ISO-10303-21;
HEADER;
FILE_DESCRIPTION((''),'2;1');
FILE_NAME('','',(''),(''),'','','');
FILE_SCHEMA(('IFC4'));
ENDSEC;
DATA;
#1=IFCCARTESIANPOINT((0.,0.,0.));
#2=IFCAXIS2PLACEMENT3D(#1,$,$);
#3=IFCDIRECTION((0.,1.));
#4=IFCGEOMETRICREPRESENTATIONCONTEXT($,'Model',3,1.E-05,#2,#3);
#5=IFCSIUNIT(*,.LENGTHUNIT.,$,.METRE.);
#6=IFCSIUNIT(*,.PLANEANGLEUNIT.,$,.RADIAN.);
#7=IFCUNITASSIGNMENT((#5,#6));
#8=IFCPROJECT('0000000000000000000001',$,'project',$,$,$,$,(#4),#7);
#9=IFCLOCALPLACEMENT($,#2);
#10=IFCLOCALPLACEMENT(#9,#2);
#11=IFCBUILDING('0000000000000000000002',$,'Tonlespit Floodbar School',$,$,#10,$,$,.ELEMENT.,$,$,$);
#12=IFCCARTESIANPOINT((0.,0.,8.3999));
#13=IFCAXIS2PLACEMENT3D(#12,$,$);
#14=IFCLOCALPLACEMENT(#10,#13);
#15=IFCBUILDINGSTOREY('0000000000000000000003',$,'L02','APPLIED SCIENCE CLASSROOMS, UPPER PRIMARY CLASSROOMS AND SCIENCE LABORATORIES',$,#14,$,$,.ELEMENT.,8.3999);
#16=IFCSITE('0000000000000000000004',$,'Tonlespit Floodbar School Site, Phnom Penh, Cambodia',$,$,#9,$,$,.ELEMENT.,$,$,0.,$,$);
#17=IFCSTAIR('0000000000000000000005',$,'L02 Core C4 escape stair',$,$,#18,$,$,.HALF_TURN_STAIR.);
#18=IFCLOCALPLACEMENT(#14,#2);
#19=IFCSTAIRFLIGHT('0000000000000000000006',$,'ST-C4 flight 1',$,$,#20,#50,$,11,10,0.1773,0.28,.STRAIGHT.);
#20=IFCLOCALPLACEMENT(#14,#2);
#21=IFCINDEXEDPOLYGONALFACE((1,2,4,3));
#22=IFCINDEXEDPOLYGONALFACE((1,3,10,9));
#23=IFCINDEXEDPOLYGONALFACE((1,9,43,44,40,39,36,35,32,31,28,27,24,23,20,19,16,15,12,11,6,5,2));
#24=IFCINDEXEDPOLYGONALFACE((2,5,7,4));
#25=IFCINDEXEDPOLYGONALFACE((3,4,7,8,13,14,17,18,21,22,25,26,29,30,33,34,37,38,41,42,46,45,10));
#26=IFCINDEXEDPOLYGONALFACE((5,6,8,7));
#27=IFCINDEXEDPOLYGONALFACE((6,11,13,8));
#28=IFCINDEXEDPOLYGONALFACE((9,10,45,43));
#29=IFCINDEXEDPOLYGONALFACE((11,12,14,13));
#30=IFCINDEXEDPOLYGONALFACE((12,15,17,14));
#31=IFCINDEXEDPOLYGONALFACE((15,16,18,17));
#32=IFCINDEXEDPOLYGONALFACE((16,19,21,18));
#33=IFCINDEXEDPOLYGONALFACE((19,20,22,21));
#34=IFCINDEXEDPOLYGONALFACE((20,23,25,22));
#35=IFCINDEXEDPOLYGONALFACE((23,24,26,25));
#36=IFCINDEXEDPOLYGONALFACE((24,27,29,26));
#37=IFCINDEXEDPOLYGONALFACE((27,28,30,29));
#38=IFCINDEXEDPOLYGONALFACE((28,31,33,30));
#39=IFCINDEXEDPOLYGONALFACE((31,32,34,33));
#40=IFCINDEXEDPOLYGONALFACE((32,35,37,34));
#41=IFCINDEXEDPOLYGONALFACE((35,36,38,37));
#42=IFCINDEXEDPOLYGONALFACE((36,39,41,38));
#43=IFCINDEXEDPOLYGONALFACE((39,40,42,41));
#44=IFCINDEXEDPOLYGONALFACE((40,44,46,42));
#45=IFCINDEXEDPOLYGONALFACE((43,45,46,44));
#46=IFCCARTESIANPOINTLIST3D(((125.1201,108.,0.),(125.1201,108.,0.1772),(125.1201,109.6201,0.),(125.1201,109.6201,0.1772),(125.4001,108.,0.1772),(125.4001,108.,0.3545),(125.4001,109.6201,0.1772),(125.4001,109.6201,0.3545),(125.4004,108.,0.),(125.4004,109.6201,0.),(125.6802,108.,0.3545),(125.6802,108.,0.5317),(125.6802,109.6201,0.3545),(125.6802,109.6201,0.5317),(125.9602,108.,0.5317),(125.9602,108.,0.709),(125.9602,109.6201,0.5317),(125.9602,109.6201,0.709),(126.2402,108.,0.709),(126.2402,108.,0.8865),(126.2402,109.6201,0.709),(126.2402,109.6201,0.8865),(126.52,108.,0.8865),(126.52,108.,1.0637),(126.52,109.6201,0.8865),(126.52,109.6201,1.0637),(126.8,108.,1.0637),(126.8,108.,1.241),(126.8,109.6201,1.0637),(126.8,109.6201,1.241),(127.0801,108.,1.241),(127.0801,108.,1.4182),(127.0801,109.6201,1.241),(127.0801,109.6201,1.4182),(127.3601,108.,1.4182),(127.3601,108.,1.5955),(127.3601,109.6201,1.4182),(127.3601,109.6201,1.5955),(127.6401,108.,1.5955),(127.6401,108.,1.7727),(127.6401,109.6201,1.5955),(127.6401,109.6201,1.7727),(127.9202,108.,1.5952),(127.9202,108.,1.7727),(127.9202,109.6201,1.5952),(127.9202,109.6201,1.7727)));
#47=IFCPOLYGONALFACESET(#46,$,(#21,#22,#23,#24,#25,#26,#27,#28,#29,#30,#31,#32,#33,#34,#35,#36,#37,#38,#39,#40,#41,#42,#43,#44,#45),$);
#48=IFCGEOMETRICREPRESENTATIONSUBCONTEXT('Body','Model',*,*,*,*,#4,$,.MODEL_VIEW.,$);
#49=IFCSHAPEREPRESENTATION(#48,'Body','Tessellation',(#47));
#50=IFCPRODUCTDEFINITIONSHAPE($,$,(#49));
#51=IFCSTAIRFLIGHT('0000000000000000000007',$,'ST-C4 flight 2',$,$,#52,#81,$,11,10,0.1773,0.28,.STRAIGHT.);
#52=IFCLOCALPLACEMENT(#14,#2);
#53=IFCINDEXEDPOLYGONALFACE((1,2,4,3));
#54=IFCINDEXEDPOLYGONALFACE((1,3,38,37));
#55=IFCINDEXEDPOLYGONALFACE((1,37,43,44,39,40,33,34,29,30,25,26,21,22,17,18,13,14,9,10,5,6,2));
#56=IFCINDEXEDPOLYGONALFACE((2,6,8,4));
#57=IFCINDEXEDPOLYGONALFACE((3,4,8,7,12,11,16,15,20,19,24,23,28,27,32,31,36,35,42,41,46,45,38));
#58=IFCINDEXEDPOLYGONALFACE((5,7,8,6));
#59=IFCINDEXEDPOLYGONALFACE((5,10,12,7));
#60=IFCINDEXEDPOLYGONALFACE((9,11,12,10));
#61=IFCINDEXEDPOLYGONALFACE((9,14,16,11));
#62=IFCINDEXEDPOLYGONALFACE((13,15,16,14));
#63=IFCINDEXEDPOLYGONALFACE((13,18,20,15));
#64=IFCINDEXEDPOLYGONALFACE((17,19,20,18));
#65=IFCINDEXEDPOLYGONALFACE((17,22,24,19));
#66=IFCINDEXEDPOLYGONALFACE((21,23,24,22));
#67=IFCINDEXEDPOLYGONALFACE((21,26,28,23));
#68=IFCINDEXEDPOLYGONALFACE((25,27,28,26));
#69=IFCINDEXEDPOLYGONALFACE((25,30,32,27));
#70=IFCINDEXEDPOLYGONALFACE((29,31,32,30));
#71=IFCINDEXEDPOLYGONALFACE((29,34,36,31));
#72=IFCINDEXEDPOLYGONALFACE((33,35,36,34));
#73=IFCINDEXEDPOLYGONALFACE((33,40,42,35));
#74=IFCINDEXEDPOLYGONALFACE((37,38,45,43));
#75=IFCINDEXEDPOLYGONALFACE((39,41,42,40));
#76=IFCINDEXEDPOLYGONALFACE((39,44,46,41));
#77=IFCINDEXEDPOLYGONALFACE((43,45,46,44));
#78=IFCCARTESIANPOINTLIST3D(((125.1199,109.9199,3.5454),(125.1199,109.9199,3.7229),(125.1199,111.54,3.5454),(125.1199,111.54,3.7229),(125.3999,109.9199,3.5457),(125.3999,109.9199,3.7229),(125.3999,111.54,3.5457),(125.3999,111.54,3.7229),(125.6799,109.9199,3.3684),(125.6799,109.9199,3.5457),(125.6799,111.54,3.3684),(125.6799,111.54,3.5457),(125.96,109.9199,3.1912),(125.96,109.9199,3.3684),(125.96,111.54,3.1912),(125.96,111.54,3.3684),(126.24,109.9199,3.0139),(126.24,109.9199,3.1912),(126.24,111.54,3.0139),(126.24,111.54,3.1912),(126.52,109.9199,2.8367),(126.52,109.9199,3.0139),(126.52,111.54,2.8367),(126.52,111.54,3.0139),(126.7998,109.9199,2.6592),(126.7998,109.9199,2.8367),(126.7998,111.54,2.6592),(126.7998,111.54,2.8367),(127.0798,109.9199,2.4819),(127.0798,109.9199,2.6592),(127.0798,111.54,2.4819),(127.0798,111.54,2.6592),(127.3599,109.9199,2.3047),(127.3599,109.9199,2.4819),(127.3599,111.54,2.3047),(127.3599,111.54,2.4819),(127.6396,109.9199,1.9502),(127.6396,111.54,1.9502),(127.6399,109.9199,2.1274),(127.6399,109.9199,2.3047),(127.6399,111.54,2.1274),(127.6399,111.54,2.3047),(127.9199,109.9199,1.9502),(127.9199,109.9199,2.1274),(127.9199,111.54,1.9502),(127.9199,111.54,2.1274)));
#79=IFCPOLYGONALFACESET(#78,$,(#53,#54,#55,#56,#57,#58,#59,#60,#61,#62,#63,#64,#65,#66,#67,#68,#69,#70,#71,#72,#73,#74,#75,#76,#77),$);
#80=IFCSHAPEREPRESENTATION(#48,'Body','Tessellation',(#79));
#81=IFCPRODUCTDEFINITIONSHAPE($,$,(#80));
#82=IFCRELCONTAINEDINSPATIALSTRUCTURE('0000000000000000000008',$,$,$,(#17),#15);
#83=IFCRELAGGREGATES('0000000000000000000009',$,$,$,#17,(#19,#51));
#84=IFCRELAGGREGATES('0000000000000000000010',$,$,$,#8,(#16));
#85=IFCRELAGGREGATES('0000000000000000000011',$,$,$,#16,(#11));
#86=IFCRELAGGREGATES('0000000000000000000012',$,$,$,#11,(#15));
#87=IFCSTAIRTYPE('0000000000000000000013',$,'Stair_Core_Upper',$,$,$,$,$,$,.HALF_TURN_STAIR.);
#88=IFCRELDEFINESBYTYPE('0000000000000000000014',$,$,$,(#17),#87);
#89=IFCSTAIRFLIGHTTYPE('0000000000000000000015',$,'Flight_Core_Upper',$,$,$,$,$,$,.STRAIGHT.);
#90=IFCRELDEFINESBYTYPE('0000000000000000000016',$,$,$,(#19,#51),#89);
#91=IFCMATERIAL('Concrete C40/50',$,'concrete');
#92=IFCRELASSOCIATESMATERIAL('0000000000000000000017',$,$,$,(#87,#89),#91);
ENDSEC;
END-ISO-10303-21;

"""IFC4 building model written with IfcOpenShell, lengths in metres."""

from ifc_helpers import new_model, si_unit, direction, frame, origin, place, context, subcontext, project, spatial, polyline, outline, extrude, material, type_object, element, aggregate, save


model = new_model("IFC4")

# Units and contexts
model_context = context("Model", 3, precision=1e-05, world=origin(), true_north=direction((0.0, 1.0)))
body_context = subcontext(model_context, "Body", "Model", "MODEL_VIEW")
ifc_project = project(units=[si_unit("LENGTHUNIT", "METRE"), si_unit("PLANEANGLEUNIT", "RADIAN")], contexts=[model_context])

# Site, building, storey
site_placement = place(None, origin())
site = spatial("IfcSite", under=ifc_project, at=site_placement, Name="Tonlespit Floodbar School Site, Phnom Penh, Cambodia", CompositionType="ELEMENT", RefElevation=0.0)
building_placement = place(site_placement, origin())
building = spatial("IfcBuilding", under=site, at=building_placement, Name="Tonlespit Floodbar School", CompositionType="ELEMENT")
storey_placement = place(building_placement, frame((0.0, 0.0, 8.3999)))
storey = spatial("IfcBuildingStorey", under=building, at=storey_placement, Name="L02", Description="APPLIED SCIENCE CLASSROOMS, UPPER PRIMARY CLASSROOMS AND SCIENCE LABORATORIES", CompositionType="ELEMENT", Elevation=8.3999)

# Shared definitions
ifc_material_1 = material(Name="Concrete C40/50", Category="concrete")

# Stair, stair flights
stair_type = type_object("IfcStairType", Name="Stair_Core_Upper", PredefinedType="HALF_TURN_STAIR", material=ifc_material_1)
stair_placement = place(storey_placement, origin())
stair = element("IfcStair", 1, at=stair_placement, inside=storey, type_object=stair_type, Name="L02 Core C4 escape stair", PredefinedType="HALF_TURN_STAIR")
stair_flight_type = type_object("IfcStairFlightType", Name="Flight_Core_Upper", PredefinedType="STRAIGHT", material=ifc_material_1)
stair_flight_1_placement = place(storey_placement, frame((125.1201, 108.8101, 0.0), z_axis=(0.0, 0.0, 1.0), x_axis=(1.0, 0.0, 0.0)))
stair_flight_1 = element("IfcStairFlight", 2, at=stair_flight_1_placement, type_object=stair_flight_type, Name="ST-C4 flight 1", NumberOfRisers=11, NumberOfTreads=10, PredefinedType="STRAIGHT", RiserHeight=0.1773, TreadLength=0.28, context=body_context, shape_type="SweptSolid", body=[
    extrude(outline(polyline([(0.0, 0.0), (0.0, 0.1772), (0.28, 0.1772), (0.28, 0.3545), (0.5601, 0.3545), (0.5601, 0.5317), (0.8401, 0.5317), (0.8401, 0.709), (1.1201, 0.709), (1.1201, 0.8865), (1.3999, 0.8865), (1.3999, 1.0637), (1.6799, 1.0637), (1.6799, 1.241), (1.96, 1.241), (1.96, 1.4182), (2.24, 1.4182), (2.24, 1.5955), (2.52, 1.5955), (2.52, 1.7727), (2.8, 1.7727), (2.8, 1.95), (2.8, 1.5952), (0.2803, 0.0), (0.0, 0.0)])), frame((0.0, 0.8101, 0.0), z_axis=(0.0, -1.0, 0.0), x_axis=(1.0, 0.0, 0.0)), (0.0, 0.0, 1.0), 1.6201),
])
stair_flight_2_placement = place(storey_placement, frame((127.9199, 110.73, 1.9502), z_axis=(0.0, 0.0, 1.0), x_axis=(-1.0, 0.0, 0.0)))
stair_flight_2 = element("IfcStairFlight", 3, at=stair_flight_2_placement, type_object=stair_flight_type, Name="ST-C4 flight 2", NumberOfRisers=11, NumberOfTreads=10, PredefinedType="STRAIGHT", RiserHeight=0.1773, TreadLength=0.28, context=body_context, shape_type="SweptSolid", body=[
    extrude(outline(polyline([(0.0, 0.0), (0.0, 0.1772), (0.28, 0.1772), (0.28, 0.3545), (0.5601, 0.3545), (0.5601, 0.5317), (0.8401, 0.5317), (0.8401, 0.709), (1.1201, 0.709), (1.1201, 0.8865), (1.3999, 0.8865), (1.3999, 1.0637), (1.6799, 1.0637), (1.6799, 1.241), (1.96, 1.241), (1.96, 1.4182), (2.24, 1.4182), (2.24, 1.5955), (2.52, 1.5955), (2.52, 1.7727), (2.8, 1.7727), (2.8, 1.95), (2.8, 1.5952), (0.2803, 0.0), (0.0, 0.0)])), frame((0.0, 0.8101, 0.0), z_axis=(0.0, -1.0, 0.0), x_axis=(1.0, 0.0, 0.0)), (0.0, 0.0, 1.0), 1.6201),
])
aggregate(stair, [stair_flight_1, stair_flight_2])

save(model, "model.ifc")
